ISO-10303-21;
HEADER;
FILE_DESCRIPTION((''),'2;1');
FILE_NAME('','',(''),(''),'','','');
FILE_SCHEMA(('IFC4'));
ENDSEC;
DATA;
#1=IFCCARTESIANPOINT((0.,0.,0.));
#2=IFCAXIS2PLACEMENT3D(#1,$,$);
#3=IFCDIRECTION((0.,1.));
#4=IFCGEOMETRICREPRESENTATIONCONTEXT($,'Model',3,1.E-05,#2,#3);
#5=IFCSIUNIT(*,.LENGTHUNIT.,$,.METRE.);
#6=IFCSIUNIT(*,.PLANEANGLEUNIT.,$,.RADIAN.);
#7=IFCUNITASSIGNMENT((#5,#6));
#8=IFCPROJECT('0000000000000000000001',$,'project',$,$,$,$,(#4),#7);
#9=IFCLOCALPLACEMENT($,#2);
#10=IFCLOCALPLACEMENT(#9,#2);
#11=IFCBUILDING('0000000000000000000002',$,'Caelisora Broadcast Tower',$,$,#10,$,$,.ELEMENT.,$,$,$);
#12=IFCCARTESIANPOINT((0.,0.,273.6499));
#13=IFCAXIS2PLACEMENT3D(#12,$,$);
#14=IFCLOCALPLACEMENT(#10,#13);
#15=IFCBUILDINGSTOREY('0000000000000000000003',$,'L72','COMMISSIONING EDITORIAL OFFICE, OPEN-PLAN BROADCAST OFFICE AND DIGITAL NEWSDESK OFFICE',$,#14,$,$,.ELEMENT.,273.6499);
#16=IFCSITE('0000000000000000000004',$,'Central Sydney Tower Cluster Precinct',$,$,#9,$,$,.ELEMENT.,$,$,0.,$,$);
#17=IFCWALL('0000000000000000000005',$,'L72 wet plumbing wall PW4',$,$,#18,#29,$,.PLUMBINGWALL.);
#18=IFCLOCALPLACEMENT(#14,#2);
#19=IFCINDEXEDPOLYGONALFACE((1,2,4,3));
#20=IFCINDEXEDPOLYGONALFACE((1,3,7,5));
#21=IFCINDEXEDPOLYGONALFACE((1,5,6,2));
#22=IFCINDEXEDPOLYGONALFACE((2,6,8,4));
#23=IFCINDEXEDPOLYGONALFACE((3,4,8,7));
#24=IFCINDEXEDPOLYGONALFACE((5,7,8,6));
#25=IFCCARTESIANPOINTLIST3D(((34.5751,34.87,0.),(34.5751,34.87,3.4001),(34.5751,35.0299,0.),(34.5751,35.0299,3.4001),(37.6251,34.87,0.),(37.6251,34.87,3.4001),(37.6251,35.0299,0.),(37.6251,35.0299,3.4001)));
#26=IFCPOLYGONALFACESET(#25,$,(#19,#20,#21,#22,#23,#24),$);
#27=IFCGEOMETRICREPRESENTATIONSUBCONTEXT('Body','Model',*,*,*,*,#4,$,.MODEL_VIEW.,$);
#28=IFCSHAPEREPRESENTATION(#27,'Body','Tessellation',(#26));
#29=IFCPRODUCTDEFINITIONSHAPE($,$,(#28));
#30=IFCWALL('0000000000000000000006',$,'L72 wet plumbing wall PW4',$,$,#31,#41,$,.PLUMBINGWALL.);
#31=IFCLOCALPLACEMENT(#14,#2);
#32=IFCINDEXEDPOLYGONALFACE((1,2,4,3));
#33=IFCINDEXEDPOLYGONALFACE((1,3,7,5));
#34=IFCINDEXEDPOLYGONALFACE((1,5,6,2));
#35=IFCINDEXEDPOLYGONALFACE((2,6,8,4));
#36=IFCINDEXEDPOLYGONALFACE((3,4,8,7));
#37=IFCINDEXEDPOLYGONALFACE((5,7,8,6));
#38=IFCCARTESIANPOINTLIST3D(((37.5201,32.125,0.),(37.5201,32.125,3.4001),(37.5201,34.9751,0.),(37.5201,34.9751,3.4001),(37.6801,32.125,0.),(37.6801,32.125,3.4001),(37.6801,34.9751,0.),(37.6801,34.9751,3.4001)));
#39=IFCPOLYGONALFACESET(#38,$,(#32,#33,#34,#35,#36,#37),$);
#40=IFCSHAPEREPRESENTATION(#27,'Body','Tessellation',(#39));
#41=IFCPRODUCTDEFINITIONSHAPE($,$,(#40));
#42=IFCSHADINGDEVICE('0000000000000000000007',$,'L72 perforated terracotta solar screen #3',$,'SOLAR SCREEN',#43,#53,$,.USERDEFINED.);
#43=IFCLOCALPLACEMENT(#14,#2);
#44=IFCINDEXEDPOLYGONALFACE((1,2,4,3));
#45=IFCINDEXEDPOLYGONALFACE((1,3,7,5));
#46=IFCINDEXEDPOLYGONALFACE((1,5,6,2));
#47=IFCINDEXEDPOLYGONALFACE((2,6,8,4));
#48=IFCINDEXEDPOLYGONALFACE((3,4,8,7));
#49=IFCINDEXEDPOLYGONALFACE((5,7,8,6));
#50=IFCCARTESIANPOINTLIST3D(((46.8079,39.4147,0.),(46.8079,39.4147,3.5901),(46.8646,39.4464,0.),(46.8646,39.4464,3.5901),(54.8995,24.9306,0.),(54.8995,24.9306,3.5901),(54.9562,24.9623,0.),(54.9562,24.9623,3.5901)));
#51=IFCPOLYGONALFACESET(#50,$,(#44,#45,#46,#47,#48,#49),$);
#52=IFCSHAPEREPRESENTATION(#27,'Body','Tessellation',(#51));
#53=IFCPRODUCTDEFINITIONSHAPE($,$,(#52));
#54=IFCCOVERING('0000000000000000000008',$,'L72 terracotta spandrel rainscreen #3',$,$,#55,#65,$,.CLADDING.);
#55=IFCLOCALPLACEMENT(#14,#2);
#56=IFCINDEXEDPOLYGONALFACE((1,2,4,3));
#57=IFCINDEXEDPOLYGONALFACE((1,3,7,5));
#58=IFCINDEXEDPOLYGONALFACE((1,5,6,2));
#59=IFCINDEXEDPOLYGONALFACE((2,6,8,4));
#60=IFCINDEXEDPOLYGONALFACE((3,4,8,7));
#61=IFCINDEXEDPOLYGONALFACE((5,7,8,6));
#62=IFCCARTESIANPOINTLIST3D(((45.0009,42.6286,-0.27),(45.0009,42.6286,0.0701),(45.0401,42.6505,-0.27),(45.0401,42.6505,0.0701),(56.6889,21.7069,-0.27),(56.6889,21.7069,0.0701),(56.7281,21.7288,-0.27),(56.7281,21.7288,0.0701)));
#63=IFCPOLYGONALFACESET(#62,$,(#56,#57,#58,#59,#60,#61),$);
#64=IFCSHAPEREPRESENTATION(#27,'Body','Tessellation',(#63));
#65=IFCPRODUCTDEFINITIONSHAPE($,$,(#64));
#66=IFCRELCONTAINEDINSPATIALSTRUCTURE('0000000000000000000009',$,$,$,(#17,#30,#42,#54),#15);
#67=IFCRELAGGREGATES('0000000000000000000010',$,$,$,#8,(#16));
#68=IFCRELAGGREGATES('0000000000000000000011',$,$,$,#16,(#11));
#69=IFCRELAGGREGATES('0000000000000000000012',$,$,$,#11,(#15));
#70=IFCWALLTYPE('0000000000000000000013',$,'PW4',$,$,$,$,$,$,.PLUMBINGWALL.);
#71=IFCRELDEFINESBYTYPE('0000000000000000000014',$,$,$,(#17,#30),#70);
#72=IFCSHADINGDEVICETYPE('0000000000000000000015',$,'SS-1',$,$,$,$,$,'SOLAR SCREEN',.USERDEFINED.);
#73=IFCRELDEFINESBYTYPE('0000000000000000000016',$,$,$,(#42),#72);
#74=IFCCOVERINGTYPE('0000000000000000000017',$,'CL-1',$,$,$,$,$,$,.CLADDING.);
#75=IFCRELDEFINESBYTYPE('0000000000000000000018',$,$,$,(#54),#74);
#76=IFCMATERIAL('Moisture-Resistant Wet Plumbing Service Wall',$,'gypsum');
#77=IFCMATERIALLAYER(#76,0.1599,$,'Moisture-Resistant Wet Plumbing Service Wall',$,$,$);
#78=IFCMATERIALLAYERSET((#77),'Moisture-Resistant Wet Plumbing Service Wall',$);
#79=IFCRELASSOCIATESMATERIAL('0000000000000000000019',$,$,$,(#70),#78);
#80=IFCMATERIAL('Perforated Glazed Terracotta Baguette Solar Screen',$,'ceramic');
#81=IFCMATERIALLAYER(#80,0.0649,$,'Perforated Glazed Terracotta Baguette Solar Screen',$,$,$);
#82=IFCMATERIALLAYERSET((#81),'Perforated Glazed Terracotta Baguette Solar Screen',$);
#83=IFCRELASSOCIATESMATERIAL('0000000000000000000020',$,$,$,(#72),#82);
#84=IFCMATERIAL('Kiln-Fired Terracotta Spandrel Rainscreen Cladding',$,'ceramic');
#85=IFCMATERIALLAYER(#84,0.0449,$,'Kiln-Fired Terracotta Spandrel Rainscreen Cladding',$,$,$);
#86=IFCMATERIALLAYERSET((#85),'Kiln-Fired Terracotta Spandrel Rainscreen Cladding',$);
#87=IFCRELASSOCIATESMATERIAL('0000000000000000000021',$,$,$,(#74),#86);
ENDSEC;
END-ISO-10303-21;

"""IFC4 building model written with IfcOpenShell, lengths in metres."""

from ifc_helpers import new_model, si_unit, direction, frame, frame_2d, origin, origin_2d, place, context, subcontext, project, spatial, rectangle, extrude, source, transform, mapped, material, layer, layer_set, type_object, type_shapes, element, save


model = new_model("IFC4")

# Units and contexts
model_context = context("Model", 3, precision=1e-05, world=origin(), true_north=direction((0.0, 1.0)))
body_context = subcontext(model_context, "Body", "Model", "MODEL_VIEW")
ifc_project = project(units=[si_unit("LENGTHUNIT", "METRE"), si_unit("PLANEANGLEUNIT", "RADIAN")], contexts=[model_context])

# Site, building, storey
site_placement = place(None, origin())
site = spatial("IfcSite", under=ifc_project, at=site_placement, Name="Central Sydney Tower Cluster Precinct", CompositionType="ELEMENT", RefElevation=0.0)
building_placement = place(site_placement, origin())
building = spatial("IfcBuilding", under=site, at=building_placement, Name="Caelisora Broadcast Tower", CompositionType="ELEMENT")
storey_placement = place(building_placement, frame((0.0, 0.0, 273.6499)))
storey = spatial("IfcBuildingStorey", under=building, at=storey_placement, Name="L72", Description="COMMISSIONING EDITORIAL OFFICE, OPEN-PLAN BROADCAST OFFICE AND DIGITAL NEWSDESK OFFICE", CompositionType="ELEMENT", Elevation=273.6499)

# Walls
ifc_material_1 = material(Name="Moisture-Resistant Wet Plumbing Service Wall", Category="gypsum")
ifc_layer_1 = layer(ifc_material_1, 0.1599, Name="Moisture-Resistant Wet Plumbing Service Wall")
ifc_layer_set_1 = layer_set([ifc_layer_1], Name="Moisture-Resistant Wet Plumbing Service Wall")
wall_type_1 = type_object("IfcWallType", Name="PW4", PredefinedType="PLUMBINGWALL", material=ifc_layer_set_1)
wall_1_placement = place(storey_placement, frame((37.625, 34.95, 0.0), z_axis=(0.0, 0.0, 1.0), x_axis=(-1.0, 0.0, 0.0)))
element("IfcWall", 1, at=wall_1_placement, inside=storey, type_object=wall_type_1, Name="L72 wet plumbing wall PW4", PredefinedType="PLUMBINGWALL", context=body_context, shape_type="SweptSolid", body=[
    extrude(rectangle(XDim=3.05, YDim=0.1599, at=frame_2d((1.5249, 0.0))), origin(), (0.0, 0.0, 1.0), 3.4001),
])
wall_2_placement = place(storey_placement, frame((37.6001, 32.125, 0.0), z_axis=(0.0, 0.0, 1.0), x_axis=(0.0, 1.0, 0.0)))
element("IfcWall", 2, at=wall_2_placement, inside=storey, type_object=wall_type_1, Name="L72 wet plumbing wall PW4", PredefinedType="PLUMBINGWALL", context=body_context, shape_type="SweptSolid", body=[
    extrude(rectangle(XDim=2.8501, YDim=0.1599, at=frame_2d((1.425, 0.0))), origin(), (0.0, 0.0, 1.0), 3.4001),
])

# Shading device
ifc_material_2 = material(Name="Perforated Glazed Terracotta Baguette Solar Screen", Category="ceramic")
ifc_layer_2 = layer(ifc_material_2, 0.0649, Name="Perforated Glazed Terracotta Baguette Solar Screen")
ifc_layer_set_2 = layer_set([ifc_layer_2], Name="Perforated Glazed Terracotta Baguette Solar Screen")
shading_device_type = type_object("IfcShadingDeviceType", Name="SS-1", ElementType="SOLAR SCREEN", PredefinedType="USERDEFINED", material=ifc_layer_set_2)
shared_shape_1 = source(origin(), body_context, "Body", "SweptSolid", [
    extrude(rectangle(XDim=16.5911, YDim=0.0649, at=origin_2d()), origin(), (0.0, 0.0, 1.0), 3.5901),
])
type_shapes(shading_device_type, [shared_shape_1])
shading_device_placement = place(storey_placement, frame((50.8821, 32.1885, 0.0), z_axis=(0.0, 0.0, 1.0), x_axis=(-0.487707, 0.873007, 0.0)))
element("IfcShadingDevice", 3, at=shading_device_placement, inside=storey, type_object=shading_device_type, Name="L72 perforated terracotta solar screen #3", ObjectType="SOLAR SCREEN", PredefinedType="USERDEFINED", context=body_context, shape_type="MappedRepresentation", body=[
    mapped(shared_shape_1, transform((0.0, 0.0, 0.0), scale=1.0)),
])

# Covering
ifc_material_3 = material(Name="Kiln-Fired Terracotta Spandrel Rainscreen Cladding", Category="ceramic")
ifc_layer_3 = layer(ifc_material_3, 0.0449, Name="Kiln-Fired Terracotta Spandrel Rainscreen Cladding")
ifc_layer_set_3 = layer_set([ifc_layer_3], Name="Kiln-Fired Terracotta Spandrel Rainscreen Cladding")
covering_type = type_object("IfcCoveringType", Name="CL-1", PredefinedType="CLADDING", material=ifc_layer_set_3)
shared_shape_2 = source(origin(), body_context, "Body", "SweptSolid", [
    extrude(rectangle(XDim=23.9651, YDim=0.0449, at=origin_2d()), origin(), (0.0, 0.0, 1.0), 0.3401),
])
type_shapes(covering_type, [shared_shape_2])
covering_placement = place(storey_placement, frame((50.8645, 32.1787, -0.27), z_axis=(0.0, 0.0, 1.0), x_axis=(-0.487707, 0.873007, 0.0)))
element("IfcCovering", 4, at=covering_placement, inside=storey, type_object=covering_type, Name="L72 terracotta spandrel rainscreen #3", PredefinedType="CLADDING", context=body_context, shape_type="MappedRepresentation", body=[
    mapped(shared_shape_2, transform((0.0, 0.0, 0.0), scale=1.0)),
])

save(model, "model.ifc")
